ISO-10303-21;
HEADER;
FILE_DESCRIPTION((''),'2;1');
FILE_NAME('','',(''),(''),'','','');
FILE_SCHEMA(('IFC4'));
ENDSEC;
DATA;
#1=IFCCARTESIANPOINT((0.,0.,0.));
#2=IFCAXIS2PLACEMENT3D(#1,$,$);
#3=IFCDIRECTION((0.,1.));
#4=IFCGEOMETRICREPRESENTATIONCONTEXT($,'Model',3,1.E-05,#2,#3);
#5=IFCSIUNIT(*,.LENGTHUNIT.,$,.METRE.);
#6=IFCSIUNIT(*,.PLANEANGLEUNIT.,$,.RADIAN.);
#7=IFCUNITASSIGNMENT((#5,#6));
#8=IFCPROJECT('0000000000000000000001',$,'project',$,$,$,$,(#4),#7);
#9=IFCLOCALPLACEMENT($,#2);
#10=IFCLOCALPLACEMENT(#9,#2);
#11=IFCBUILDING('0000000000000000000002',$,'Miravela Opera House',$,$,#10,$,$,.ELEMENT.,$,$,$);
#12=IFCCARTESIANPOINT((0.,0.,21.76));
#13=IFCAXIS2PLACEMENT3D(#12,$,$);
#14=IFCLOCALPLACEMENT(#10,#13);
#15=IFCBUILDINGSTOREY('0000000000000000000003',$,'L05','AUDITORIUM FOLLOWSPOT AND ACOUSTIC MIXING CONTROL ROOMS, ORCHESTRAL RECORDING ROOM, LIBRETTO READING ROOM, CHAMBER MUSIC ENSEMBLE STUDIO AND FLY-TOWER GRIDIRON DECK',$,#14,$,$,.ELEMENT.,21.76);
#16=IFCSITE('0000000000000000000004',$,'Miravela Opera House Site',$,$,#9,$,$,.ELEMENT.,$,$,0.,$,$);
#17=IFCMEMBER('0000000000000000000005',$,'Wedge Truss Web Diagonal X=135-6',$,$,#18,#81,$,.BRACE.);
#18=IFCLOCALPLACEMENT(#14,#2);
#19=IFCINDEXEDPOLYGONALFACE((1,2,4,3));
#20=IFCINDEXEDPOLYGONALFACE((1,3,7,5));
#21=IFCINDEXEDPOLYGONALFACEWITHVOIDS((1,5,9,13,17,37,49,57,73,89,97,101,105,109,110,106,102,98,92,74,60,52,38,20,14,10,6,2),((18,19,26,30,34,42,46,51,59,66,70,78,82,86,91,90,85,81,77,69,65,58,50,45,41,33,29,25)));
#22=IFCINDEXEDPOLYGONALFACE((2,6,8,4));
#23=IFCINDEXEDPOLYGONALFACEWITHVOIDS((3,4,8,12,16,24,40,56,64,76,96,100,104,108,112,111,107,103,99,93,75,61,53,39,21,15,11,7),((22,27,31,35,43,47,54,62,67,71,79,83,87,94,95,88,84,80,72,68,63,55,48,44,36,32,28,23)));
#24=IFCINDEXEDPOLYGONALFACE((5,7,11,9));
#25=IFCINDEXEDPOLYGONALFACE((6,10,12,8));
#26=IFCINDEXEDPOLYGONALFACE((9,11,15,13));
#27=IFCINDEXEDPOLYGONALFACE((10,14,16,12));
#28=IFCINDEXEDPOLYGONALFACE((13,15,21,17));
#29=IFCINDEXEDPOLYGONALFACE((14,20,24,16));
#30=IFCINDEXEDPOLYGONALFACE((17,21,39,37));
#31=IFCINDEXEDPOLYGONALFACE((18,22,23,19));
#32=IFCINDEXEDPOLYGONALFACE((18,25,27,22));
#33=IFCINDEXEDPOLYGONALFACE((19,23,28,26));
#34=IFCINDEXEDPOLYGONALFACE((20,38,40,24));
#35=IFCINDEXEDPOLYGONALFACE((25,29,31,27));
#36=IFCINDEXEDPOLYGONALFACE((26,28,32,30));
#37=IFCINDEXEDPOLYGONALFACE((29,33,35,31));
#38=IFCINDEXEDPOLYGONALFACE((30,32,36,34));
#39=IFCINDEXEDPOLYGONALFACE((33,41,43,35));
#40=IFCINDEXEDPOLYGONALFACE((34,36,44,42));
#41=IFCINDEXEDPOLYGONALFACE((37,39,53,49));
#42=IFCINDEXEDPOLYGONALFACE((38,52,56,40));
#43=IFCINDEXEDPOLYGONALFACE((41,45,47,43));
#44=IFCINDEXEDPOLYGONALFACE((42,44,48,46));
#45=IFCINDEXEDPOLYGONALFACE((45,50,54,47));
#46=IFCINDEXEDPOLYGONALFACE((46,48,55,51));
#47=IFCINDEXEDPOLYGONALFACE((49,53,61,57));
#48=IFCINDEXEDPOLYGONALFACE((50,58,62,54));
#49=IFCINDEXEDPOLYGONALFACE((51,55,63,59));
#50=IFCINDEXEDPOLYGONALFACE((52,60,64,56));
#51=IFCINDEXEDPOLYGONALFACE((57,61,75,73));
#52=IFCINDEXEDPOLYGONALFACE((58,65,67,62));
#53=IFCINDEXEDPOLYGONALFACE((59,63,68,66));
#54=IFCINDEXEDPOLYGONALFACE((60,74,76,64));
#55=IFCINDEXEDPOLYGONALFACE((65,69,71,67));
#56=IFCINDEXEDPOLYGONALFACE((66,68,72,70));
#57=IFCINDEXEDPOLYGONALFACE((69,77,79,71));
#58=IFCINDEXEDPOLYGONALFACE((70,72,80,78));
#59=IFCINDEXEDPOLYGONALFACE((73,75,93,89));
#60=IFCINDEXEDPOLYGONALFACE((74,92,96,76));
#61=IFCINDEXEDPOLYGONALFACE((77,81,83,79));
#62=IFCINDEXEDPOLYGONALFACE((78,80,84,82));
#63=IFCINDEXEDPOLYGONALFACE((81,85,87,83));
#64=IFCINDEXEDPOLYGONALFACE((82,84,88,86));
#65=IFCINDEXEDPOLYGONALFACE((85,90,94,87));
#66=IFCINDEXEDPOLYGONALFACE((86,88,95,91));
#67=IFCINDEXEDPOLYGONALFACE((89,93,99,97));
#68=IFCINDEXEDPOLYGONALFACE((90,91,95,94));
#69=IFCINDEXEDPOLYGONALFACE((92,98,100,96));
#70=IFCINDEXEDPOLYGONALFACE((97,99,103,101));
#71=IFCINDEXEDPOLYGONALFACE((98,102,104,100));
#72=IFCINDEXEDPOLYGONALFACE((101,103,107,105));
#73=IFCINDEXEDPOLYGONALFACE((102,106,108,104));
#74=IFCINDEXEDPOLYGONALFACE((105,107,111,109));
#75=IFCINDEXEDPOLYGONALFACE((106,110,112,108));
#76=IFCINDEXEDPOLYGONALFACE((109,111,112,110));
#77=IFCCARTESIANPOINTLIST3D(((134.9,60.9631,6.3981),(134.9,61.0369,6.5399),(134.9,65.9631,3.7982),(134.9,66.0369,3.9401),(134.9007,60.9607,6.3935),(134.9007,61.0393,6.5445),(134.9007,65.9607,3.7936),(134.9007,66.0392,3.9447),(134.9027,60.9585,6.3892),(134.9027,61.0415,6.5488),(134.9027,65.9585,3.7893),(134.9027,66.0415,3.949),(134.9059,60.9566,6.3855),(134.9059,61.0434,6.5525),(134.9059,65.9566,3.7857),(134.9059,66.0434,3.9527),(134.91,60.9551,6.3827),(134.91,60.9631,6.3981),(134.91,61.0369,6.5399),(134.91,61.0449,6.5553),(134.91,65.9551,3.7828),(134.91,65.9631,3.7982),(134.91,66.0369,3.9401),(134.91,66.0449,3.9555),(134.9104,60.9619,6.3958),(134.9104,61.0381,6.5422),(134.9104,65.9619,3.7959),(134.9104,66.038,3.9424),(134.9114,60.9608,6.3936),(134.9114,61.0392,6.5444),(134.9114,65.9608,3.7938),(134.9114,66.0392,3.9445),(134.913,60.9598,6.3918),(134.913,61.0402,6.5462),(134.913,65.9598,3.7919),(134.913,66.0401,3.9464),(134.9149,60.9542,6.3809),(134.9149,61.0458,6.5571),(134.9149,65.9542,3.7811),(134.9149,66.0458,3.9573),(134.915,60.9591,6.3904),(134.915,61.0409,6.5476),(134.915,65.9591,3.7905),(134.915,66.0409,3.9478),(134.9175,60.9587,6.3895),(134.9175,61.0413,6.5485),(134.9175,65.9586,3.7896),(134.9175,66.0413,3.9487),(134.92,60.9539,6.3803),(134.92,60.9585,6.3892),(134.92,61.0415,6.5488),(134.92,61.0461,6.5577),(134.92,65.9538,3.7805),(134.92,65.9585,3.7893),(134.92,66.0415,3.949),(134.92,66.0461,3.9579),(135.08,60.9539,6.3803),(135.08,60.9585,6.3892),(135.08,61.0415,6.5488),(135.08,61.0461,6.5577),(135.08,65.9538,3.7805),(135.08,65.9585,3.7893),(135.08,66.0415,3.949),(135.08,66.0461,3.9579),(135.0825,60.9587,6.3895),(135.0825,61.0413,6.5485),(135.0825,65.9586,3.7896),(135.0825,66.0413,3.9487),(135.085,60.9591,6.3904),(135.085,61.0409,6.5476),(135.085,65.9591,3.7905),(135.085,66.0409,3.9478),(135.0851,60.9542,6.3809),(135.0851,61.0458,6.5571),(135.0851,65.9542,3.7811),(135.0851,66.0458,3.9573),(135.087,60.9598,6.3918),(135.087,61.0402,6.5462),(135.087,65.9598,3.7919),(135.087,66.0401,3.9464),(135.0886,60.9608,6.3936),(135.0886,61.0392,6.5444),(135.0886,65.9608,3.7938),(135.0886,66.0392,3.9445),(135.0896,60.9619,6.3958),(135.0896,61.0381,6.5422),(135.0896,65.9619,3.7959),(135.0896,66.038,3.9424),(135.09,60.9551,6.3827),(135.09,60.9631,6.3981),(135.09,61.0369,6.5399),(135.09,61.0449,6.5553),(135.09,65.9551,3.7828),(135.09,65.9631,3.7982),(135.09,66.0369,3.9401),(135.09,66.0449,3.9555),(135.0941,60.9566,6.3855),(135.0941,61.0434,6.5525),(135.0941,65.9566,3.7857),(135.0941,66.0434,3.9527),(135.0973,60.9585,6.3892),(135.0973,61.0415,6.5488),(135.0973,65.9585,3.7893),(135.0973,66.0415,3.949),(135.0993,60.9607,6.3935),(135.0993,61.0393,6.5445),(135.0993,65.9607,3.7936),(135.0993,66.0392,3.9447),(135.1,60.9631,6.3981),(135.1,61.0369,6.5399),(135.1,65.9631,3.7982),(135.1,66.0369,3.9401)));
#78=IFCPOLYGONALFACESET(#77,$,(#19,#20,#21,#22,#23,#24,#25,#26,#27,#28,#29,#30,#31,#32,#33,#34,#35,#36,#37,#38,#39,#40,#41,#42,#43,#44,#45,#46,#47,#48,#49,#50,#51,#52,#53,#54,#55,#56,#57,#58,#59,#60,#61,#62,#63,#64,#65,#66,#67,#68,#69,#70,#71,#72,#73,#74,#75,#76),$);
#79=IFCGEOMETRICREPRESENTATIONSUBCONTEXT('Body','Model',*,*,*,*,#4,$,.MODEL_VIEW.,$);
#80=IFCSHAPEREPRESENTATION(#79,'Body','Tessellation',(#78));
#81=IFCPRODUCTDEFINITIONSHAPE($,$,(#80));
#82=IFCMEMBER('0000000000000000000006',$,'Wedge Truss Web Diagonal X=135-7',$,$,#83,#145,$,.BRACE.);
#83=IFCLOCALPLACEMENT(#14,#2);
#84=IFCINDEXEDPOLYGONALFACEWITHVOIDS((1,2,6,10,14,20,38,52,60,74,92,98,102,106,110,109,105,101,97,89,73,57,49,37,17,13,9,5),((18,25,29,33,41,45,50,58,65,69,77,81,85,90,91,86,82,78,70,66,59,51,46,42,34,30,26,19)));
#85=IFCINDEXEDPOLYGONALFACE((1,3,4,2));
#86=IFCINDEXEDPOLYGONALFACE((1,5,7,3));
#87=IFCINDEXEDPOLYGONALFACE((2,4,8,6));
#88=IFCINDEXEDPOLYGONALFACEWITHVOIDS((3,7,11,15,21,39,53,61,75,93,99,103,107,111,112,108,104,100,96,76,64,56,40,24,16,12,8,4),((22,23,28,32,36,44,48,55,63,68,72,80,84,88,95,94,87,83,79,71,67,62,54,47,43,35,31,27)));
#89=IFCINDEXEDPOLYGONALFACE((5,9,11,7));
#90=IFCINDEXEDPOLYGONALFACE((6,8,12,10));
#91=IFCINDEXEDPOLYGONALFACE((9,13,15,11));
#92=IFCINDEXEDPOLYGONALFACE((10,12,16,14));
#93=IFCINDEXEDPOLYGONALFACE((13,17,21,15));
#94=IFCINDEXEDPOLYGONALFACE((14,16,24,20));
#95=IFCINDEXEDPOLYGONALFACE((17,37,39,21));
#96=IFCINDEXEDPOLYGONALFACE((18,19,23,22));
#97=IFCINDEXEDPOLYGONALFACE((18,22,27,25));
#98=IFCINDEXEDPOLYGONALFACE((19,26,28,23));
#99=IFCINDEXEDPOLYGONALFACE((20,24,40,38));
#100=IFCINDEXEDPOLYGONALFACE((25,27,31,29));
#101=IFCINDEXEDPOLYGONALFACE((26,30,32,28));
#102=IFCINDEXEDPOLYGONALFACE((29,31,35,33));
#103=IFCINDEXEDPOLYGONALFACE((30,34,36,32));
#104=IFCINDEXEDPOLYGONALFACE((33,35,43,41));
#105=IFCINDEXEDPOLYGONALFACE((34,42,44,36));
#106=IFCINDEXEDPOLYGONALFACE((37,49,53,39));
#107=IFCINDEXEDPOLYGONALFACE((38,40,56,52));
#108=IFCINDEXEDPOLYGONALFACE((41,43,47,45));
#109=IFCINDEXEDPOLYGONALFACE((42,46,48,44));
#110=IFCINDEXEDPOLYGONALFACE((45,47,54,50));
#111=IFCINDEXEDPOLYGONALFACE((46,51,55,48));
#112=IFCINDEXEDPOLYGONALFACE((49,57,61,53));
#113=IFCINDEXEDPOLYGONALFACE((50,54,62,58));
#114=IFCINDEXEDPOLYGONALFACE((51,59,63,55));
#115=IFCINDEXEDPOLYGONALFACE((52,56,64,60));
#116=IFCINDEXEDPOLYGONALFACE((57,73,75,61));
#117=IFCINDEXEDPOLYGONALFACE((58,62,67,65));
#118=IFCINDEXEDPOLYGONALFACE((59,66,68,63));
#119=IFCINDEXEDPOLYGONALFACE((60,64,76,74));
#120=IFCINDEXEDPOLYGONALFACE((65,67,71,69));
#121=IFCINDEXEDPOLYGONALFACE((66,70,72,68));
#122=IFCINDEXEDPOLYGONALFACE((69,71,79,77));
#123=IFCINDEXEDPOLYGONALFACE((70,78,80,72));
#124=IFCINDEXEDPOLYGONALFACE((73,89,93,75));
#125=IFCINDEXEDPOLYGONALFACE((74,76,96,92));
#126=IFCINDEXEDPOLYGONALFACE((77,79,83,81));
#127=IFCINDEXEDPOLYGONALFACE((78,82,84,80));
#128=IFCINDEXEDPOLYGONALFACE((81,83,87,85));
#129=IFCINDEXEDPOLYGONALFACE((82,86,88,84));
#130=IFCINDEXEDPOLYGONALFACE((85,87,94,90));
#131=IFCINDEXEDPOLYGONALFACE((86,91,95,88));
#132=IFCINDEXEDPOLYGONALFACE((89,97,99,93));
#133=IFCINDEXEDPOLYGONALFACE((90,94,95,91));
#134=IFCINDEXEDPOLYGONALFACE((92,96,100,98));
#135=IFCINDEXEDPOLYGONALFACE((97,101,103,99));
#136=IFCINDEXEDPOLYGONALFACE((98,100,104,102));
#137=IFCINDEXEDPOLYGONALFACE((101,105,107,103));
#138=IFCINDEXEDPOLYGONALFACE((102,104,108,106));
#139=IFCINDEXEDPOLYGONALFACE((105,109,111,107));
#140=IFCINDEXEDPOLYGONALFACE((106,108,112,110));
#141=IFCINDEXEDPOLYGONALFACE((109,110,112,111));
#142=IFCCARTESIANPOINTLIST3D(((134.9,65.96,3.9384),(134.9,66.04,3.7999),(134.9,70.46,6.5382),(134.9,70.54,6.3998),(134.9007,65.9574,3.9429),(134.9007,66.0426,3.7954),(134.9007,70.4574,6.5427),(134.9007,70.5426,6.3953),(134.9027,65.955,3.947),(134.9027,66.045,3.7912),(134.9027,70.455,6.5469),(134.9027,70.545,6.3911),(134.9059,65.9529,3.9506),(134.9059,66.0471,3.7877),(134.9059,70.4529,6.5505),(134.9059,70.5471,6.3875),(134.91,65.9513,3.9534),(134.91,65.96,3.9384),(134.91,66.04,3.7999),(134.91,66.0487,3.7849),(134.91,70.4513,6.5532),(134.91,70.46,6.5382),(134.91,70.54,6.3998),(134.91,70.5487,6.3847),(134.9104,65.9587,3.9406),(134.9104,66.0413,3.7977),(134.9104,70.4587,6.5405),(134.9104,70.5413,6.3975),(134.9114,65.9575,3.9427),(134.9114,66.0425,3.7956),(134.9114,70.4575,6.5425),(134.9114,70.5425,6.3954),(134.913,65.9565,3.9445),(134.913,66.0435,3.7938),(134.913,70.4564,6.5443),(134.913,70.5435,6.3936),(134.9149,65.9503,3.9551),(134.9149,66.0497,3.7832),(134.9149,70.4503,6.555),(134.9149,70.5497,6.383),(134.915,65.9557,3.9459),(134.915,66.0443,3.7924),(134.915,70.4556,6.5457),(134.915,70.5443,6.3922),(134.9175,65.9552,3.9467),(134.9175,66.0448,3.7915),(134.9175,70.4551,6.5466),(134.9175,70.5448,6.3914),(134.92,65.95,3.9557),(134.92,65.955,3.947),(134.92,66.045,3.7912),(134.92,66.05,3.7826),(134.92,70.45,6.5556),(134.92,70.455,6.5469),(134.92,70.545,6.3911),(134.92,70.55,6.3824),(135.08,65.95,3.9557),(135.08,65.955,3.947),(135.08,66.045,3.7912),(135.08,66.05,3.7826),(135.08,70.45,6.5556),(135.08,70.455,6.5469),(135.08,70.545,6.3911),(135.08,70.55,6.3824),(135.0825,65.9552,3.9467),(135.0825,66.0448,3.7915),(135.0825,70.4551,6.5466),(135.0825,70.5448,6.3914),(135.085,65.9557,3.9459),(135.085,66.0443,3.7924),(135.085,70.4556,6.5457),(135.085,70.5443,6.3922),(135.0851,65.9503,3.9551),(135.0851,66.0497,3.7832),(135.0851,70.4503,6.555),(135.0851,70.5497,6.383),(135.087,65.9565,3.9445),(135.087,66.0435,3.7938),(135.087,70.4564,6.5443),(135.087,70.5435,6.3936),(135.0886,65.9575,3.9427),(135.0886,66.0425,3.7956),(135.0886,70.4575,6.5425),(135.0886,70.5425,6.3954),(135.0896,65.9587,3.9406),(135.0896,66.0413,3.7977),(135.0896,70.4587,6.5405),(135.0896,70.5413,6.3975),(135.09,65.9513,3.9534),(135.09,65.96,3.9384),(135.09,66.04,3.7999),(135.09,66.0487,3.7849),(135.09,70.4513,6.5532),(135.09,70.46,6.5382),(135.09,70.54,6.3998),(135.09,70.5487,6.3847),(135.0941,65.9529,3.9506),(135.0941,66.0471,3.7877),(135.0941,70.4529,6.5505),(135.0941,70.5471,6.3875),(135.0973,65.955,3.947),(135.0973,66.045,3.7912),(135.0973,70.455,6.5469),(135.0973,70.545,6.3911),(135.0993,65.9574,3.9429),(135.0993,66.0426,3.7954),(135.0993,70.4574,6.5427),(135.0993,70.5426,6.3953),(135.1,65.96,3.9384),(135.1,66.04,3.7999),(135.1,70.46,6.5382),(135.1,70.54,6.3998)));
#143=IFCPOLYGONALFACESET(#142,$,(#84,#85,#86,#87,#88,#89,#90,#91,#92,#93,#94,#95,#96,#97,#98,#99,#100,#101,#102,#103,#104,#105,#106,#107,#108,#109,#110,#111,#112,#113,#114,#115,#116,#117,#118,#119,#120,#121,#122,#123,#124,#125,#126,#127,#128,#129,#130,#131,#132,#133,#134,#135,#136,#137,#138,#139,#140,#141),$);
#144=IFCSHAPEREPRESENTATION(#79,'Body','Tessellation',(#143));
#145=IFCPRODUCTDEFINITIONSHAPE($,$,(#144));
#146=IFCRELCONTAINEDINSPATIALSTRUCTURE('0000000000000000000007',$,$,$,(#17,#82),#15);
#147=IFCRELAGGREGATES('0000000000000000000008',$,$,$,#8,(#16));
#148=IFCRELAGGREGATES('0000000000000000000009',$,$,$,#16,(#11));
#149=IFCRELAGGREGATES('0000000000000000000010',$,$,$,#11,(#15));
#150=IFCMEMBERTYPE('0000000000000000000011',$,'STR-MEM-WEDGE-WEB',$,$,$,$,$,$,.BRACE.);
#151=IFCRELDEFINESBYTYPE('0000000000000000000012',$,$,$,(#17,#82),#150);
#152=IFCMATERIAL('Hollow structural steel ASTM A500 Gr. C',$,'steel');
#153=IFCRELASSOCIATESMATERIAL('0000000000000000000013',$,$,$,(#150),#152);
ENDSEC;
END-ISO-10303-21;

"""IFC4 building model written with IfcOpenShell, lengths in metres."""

from ifc_helpers import new_model, si_unit, direction, frame, origin, origin_2d, place, context, subcontext, project, spatial, hollow_rectangle, extrude, material, material_profile, profile_set, type_object, element, save


model = new_model("IFC4")

# Units and contexts
model_context = context("Model", 3, precision=1e-05, world=origin(), true_north=direction((0.0, 1.0)))
body_context = subcontext(model_context, "Body", "Model", "MODEL_VIEW")
ifc_project = project(units=[si_unit("LENGTHUNIT", "METRE"), si_unit("PLANEANGLEUNIT", "RADIAN")], contexts=[model_context])

# Site, building, storey
site_placement = place(None, origin())
site = spatial("IfcSite", under=ifc_project, at=site_placement, Name="Miravela Opera House Site", CompositionType="ELEMENT", RefElevation=0.0)
building_placement = place(site_placement, origin())
building = spatial("IfcBuilding", under=site, at=building_placement, Name="Miravela Opera House", CompositionType="ELEMENT")
storey_placement = place(building_placement, frame((0.0, 0.0, 21.76)))
storey = spatial("IfcBuildingStorey", under=building, at=storey_placement, Name="L05", Description="AUDITORIUM FOLLOWSPOT AND ACOUSTIC MIXING CONTROL ROOMS, ORCHESTRAL RECORDING ROOM, LIBRETTO READING ROOM, CHAMBER MUSIC ENSEMBLE STUDIO AND FLY-TOWER GRIDIRON DECK", CompositionType="ELEMENT", Elevation=21.76)

# Members
ifc_material_1 = material(Name="Hollow structural steel ASTM A500 Gr. C", Category="steel")
ifc_material_profile_1 = material_profile(ifc_material_1, hollow_rectangle(XDim=0.2, YDim=0.2, WallThickness=0.01, InnerFilletRadius=0.01, OuterFilletRadius=0.02, at=origin_2d()), Name="HSS200X200X10")
ifc_profile_set_1 = profile_set([ifc_material_profile_1])
member_type_1 = type_object("IfcMemberType", Name="STR-MEM-WEDGE-WEB", PredefinedType="BRACE", material=ifc_profile_set_1)
member_1_placement = place(storey_placement, frame((135.0, 61.0, 6.469), z_axis=(0.0, 0.887227, -0.461332), x_axis=(-1.0, 0.0, 0.0)))
element("IfcMember", 1, at=member_1_placement, inside=storey, type_object=member_type_1, Name="Wedge Truss Web Diagonal X=135-6", PredefinedType="BRACE", context=body_context, shape_type="SweptSolid", body=[
    extrude(hollow_rectangle(XDim=0.2, YDim=0.2, WallThickness=0.01, InnerFilletRadius=0.01, OuterFilletRadius=0.02, at=origin_2d()), origin(), (0.0, 0.0, 1.0), 5.6355),
])
member_2_placement = place(storey_placement, frame((135.0, 66.0, 3.8691), z_axis=(0.0, 0.865877, 0.500256), x_axis=(-1.0, 0.0, 0.0)))
element("IfcMember", 2, at=member_2_placement, inside=storey, type_object=member_type_1, Name="Wedge Truss Web Diagonal X=135-7", PredefinedType="BRACE", context=body_context, shape_type="SweptSolid", body=[
    extrude(hollow_rectangle(XDim=0.2, YDim=0.2, WallThickness=0.01, InnerFilletRadius=0.01, OuterFilletRadius=0.02, at=origin_2d()), origin(), (0.0, 0.0, 1.0), 5.197),
])

save(model, "model.ifc")
